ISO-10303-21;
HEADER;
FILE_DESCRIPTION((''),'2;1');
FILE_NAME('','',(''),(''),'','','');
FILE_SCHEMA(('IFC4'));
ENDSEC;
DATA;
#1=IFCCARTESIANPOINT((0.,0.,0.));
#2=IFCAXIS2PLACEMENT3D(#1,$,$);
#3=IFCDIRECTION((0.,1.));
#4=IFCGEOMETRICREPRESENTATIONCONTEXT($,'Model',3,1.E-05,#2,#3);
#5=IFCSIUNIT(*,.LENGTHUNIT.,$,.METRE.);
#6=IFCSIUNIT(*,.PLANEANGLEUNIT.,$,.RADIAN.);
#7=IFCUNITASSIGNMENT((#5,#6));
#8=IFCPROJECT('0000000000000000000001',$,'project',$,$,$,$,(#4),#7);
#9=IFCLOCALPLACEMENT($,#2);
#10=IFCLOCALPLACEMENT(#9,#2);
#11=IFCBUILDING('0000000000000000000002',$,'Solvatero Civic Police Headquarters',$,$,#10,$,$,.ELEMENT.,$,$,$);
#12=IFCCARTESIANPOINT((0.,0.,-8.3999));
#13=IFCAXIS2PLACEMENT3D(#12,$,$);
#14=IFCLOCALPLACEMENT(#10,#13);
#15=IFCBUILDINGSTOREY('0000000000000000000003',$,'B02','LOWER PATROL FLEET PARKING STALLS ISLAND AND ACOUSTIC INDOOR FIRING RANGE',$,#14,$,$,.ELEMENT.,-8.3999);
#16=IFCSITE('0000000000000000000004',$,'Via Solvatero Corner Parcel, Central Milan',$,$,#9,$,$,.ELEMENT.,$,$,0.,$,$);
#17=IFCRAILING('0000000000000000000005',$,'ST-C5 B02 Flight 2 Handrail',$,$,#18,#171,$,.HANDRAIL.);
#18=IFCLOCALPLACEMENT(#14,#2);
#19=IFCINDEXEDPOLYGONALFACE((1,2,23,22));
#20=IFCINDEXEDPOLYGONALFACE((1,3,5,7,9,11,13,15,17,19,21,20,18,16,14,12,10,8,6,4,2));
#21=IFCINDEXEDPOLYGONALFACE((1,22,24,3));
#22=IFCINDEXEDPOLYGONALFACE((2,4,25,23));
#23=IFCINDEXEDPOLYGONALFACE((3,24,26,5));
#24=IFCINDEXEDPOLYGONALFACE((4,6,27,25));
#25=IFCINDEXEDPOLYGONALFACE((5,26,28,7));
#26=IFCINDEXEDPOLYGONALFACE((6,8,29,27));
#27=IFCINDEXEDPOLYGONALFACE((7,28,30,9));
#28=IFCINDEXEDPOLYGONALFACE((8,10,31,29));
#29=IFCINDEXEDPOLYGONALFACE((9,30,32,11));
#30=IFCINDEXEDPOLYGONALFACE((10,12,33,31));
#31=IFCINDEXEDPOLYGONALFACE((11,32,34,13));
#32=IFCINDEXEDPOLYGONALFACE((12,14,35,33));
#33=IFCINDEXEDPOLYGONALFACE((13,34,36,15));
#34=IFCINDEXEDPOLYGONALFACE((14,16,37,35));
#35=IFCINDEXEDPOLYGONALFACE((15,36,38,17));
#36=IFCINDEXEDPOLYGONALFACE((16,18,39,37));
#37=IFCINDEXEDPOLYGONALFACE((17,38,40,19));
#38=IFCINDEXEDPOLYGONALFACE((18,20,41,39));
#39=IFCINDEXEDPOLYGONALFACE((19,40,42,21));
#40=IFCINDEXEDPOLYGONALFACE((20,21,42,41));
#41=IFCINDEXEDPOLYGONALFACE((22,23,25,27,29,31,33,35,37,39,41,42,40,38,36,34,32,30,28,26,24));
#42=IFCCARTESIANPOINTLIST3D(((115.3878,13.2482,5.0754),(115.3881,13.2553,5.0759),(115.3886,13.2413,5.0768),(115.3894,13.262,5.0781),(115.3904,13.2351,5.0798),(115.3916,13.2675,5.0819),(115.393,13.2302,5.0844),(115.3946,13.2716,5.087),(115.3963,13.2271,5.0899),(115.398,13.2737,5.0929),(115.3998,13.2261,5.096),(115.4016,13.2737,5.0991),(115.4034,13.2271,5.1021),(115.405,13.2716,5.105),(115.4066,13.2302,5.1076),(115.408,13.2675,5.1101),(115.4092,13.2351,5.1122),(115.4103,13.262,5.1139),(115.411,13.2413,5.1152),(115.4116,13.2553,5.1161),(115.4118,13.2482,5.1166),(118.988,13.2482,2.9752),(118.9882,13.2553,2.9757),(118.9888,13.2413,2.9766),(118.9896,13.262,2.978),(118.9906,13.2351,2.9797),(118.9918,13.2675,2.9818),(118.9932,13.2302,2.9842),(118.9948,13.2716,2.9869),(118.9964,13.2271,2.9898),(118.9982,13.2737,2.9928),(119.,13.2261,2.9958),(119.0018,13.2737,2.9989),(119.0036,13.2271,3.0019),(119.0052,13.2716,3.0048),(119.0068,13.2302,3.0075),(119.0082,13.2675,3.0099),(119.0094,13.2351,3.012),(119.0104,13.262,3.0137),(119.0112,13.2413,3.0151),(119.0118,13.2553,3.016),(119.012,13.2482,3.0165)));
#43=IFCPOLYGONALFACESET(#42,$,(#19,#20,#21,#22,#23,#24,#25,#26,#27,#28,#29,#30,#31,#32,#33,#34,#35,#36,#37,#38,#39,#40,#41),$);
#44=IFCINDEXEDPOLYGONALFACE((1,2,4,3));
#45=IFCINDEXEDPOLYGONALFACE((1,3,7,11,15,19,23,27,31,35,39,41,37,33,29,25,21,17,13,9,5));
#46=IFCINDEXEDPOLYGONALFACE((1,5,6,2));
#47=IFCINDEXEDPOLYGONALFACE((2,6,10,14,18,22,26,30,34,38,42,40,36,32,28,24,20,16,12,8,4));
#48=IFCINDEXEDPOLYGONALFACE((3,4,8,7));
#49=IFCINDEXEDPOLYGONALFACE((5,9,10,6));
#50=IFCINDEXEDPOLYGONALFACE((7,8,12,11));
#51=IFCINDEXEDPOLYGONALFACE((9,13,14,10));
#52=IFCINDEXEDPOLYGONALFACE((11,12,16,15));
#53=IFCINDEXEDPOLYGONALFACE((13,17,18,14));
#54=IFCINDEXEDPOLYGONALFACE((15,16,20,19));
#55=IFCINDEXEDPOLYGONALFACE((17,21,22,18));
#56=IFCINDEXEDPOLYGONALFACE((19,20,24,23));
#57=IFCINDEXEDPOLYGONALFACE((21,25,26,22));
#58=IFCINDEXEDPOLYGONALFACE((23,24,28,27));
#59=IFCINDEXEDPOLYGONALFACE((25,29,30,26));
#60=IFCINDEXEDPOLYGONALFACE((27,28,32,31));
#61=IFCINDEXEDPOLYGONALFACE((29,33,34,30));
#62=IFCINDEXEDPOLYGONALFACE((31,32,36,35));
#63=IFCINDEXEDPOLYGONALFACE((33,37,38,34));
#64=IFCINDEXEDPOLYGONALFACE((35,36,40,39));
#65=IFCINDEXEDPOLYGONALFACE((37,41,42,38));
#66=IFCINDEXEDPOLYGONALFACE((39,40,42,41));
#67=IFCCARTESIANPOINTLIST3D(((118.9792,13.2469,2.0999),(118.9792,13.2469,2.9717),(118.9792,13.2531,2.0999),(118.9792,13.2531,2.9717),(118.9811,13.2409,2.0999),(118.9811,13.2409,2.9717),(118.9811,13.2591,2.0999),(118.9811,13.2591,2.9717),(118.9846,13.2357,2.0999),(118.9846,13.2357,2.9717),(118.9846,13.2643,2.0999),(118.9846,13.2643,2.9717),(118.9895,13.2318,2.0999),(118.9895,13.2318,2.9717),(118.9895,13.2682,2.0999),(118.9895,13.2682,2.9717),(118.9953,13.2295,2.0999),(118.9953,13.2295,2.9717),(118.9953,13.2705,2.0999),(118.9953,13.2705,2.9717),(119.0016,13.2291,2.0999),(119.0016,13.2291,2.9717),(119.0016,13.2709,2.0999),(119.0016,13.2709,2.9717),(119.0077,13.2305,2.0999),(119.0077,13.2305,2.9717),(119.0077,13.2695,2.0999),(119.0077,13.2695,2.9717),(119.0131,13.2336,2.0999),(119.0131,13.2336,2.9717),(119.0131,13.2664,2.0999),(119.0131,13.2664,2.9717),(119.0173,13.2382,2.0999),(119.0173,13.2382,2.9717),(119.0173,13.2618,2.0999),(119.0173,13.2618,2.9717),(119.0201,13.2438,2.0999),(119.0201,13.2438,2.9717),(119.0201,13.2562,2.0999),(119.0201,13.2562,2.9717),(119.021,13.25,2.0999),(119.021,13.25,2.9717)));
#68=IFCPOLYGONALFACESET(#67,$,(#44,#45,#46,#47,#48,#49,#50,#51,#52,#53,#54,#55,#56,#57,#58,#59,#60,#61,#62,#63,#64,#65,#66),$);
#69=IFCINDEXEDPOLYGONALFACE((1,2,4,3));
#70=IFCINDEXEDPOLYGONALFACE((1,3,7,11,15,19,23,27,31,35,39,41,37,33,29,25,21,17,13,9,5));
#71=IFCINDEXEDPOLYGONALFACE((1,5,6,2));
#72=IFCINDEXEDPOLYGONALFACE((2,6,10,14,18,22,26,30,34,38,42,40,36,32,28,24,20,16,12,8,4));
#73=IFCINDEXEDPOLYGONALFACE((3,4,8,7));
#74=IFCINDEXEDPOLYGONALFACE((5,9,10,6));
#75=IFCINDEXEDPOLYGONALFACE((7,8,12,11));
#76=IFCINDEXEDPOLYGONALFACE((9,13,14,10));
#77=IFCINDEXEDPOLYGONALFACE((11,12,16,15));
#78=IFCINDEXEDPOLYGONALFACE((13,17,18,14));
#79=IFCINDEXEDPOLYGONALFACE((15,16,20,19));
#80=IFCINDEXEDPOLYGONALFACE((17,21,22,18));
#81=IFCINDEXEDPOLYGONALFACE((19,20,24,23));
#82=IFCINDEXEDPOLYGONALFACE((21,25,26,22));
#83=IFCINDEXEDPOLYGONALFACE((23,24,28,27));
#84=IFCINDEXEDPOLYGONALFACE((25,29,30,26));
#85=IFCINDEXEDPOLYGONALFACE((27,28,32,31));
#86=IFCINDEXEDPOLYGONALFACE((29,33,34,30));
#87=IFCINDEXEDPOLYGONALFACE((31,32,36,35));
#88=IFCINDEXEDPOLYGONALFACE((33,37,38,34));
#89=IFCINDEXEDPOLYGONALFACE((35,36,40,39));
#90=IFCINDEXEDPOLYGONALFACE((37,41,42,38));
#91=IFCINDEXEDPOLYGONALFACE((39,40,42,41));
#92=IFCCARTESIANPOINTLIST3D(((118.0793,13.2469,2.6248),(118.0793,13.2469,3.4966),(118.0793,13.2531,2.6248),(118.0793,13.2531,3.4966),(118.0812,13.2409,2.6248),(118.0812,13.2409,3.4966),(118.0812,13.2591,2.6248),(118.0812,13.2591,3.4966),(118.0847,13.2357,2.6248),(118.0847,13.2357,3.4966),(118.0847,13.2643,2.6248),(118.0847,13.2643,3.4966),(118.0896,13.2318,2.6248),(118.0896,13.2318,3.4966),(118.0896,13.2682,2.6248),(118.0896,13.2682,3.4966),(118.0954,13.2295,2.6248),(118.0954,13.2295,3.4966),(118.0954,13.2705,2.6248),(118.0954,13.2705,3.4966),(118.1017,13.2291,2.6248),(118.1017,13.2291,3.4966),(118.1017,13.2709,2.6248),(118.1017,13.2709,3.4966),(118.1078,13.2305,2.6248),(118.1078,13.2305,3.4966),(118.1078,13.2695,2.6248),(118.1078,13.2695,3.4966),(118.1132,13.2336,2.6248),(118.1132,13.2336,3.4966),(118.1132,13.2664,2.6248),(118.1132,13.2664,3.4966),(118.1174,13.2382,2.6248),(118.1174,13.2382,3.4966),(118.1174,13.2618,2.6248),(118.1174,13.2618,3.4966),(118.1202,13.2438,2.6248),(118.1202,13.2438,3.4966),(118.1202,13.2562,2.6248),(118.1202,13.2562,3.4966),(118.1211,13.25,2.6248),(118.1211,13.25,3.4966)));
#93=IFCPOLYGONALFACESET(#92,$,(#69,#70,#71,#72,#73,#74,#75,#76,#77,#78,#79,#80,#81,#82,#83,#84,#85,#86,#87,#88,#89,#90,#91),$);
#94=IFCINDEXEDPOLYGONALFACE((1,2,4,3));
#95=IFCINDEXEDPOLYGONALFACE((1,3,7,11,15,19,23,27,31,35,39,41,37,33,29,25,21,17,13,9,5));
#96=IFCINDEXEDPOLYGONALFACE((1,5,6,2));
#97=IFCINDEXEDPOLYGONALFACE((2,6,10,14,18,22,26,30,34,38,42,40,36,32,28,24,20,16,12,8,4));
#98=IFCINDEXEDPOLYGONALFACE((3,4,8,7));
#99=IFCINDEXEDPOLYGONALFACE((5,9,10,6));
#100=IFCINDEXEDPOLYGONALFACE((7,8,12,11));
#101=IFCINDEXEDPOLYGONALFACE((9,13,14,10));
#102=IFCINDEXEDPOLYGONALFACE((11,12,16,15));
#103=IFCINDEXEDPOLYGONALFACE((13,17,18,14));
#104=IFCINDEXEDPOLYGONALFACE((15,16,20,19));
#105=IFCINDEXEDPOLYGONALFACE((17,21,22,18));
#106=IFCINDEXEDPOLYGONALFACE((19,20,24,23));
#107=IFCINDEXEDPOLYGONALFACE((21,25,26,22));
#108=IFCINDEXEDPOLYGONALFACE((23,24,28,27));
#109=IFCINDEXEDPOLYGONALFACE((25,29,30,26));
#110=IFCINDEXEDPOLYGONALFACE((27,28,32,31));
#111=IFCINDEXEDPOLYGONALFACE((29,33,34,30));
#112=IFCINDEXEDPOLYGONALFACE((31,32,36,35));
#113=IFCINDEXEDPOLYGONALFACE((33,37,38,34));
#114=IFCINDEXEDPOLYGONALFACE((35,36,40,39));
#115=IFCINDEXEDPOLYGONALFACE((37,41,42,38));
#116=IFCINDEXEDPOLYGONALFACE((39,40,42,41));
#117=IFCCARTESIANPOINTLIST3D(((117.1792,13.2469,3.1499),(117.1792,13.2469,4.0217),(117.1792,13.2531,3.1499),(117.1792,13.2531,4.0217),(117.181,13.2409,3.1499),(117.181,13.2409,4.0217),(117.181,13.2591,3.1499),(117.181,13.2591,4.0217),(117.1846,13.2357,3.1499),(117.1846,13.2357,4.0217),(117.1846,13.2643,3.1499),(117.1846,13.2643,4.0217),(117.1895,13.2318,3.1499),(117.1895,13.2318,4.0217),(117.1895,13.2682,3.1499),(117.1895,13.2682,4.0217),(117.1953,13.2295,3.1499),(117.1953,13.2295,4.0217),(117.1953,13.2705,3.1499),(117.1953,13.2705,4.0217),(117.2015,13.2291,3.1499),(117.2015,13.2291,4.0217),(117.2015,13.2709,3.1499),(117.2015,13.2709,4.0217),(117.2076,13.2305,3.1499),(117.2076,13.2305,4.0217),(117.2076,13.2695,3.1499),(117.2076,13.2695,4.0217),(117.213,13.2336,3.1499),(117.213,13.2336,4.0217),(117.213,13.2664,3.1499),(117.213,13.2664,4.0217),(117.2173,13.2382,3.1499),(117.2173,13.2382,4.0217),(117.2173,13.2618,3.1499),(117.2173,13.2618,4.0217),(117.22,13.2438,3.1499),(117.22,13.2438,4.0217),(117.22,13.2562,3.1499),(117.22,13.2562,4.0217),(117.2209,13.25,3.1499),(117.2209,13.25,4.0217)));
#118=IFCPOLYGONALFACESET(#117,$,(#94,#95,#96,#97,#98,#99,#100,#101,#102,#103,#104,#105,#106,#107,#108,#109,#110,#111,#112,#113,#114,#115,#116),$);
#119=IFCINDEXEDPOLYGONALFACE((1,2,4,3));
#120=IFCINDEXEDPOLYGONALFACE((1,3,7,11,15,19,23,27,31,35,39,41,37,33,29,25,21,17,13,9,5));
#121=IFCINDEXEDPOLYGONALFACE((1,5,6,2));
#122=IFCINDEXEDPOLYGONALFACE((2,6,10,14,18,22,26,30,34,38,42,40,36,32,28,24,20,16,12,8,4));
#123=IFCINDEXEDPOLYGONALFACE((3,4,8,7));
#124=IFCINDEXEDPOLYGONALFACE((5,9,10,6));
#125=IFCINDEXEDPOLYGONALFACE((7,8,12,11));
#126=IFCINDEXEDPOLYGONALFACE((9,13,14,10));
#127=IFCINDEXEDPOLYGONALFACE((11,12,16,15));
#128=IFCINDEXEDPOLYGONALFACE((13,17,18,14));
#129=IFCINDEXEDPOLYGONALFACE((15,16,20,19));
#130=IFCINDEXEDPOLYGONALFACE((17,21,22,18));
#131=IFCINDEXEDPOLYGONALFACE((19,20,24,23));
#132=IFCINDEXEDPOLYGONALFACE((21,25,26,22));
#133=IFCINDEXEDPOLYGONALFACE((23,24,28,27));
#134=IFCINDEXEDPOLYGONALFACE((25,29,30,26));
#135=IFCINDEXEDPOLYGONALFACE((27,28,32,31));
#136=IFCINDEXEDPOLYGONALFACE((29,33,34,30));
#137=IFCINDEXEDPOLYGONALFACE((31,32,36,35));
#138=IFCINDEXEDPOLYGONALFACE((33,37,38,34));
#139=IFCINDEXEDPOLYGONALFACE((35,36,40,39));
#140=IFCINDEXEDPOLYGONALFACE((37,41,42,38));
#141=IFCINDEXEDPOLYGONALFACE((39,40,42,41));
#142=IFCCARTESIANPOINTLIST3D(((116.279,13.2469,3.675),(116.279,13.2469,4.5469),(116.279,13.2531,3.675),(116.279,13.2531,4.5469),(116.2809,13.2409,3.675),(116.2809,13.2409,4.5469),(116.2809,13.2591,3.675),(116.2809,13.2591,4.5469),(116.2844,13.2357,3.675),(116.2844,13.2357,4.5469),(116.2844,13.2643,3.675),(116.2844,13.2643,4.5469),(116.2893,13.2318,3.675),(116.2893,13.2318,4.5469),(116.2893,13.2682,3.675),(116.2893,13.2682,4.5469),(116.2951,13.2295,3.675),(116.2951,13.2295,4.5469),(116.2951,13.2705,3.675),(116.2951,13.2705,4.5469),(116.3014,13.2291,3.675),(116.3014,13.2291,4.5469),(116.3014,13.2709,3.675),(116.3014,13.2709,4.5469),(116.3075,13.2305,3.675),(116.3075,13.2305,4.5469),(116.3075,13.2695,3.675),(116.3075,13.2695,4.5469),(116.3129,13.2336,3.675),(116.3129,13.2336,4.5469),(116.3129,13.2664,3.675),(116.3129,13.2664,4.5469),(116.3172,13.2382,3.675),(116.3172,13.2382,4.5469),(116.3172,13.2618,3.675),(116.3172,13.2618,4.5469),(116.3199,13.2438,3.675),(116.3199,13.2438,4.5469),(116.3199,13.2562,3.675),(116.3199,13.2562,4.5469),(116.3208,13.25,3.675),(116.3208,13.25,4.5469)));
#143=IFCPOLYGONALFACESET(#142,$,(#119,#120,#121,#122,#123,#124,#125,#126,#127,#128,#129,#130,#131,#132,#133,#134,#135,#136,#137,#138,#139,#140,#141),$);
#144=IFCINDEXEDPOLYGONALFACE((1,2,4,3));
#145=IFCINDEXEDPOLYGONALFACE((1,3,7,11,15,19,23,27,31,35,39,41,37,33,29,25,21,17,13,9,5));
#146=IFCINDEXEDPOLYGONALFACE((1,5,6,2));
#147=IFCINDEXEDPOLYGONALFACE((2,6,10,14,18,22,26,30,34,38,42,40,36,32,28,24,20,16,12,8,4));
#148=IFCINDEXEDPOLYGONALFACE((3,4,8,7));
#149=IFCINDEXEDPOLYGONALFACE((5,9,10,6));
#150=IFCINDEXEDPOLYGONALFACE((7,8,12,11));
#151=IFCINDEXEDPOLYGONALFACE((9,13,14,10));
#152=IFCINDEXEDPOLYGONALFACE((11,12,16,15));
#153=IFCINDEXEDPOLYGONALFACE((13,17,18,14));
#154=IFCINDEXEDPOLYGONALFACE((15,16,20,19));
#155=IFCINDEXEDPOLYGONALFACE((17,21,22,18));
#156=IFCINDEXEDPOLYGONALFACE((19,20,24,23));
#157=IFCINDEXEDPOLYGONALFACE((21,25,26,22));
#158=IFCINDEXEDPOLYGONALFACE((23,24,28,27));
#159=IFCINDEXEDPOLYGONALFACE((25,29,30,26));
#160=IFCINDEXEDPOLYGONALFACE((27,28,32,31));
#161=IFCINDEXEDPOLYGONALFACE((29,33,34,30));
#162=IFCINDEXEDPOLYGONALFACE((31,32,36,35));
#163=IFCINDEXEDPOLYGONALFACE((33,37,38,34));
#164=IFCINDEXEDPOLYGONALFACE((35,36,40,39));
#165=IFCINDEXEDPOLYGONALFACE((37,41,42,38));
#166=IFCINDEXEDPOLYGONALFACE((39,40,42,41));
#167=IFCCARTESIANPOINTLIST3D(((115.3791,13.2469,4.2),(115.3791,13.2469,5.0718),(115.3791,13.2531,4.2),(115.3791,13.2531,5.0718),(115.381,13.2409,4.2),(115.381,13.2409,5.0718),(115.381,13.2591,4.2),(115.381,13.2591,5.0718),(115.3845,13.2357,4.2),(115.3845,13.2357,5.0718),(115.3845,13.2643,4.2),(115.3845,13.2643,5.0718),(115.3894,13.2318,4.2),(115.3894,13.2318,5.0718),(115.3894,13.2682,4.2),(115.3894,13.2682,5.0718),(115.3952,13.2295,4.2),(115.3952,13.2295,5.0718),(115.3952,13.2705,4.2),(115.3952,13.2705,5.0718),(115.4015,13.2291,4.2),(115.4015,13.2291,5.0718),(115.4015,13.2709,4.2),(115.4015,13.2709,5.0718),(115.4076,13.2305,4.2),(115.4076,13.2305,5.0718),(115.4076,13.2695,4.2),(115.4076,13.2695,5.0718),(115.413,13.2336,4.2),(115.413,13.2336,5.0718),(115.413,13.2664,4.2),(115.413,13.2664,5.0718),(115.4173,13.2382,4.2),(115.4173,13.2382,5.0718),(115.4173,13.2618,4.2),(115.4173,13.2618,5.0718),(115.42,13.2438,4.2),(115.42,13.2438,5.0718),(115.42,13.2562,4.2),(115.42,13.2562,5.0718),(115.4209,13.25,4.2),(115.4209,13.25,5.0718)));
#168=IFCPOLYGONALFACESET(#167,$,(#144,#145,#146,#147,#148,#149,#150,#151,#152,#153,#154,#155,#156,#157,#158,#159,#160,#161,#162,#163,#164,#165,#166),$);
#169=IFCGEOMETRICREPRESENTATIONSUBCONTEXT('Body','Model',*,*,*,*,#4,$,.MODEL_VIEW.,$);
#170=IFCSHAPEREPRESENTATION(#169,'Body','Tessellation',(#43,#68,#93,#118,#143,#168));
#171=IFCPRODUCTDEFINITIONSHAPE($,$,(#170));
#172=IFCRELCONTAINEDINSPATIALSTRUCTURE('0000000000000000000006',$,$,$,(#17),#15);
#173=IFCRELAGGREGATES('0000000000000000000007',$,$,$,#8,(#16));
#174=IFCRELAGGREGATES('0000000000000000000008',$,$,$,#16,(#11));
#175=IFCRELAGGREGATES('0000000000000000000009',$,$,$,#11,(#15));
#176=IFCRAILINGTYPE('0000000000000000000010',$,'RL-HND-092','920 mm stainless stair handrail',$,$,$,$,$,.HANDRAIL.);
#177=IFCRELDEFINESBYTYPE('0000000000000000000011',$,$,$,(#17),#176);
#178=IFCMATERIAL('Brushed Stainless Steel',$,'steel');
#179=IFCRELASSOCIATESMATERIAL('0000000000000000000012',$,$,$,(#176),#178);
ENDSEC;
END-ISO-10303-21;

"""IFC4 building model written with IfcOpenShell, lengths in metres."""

from ifc_helpers import new_model, si_unit, direction, frame, origin, origin_2d, place, context, subcontext, project, spatial, circle, extrude, material, type_object, element, save


model = new_model("IFC4")

# Units and contexts
model_context = context("Model", 3, precision=1e-05, world=origin(), true_north=direction((0.0, 1.0)))
body_context = subcontext(model_context, "Body", "Model", "MODEL_VIEW")
ifc_project = project(units=[si_unit("LENGTHUNIT", "METRE"), si_unit("PLANEANGLEUNIT", "RADIAN")], contexts=[model_context])

# Site, building, storey
site_placement = place(None, origin())
site = spatial("IfcSite", under=ifc_project, at=site_placement, Name="Via Solvatero Corner Parcel, Central Milan", CompositionType="ELEMENT", RefElevation=0.0)
building_placement = place(site_placement, origin())
building = spatial("IfcBuilding", under=site, at=building_placement, Name="Solvatero Civic Police Headquarters", CompositionType="ELEMENT")
storey_placement = place(building_placement, frame((0.0, 0.0, -8.3999)))
storey = spatial("IfcBuildingStorey", under=building, at=storey_placement, Name="B02", Description="LOWER PATROL FLEET PARKING STALLS ISLAND AND ACOUSTIC INDOOR FIRING RANGE", CompositionType="ELEMENT", Elevation=-8.3999)

# Railing
ifc_material_1 = material(Name="Brushed Stainless Steel", Category="steel")
railing_type_1 = type_object("IfcRailingType", Name="RL-HND-092", Description="920 mm stainless stair handrail", PredefinedType="HANDRAIL", material=ifc_material_1)
railing_1_placement = place(storey_placement, frame((119.0, 13.25, 2.0999)))
element("IfcRailing", 1, at=railing_1_placement, inside=storey, type_object=railing_type_1, Name="ST-C5 B02 Flight 2 Handrail", PredefinedType="HANDRAIL", context=body_context, shape_type="SweptSolid", body=[
    extrude(circle(Radius=0.0239, at=origin_2d()), frame((0.0, 0.0, 0.896), z_axis=(-0.863775, 0.0, 0.503878), x_axis=(0.0, -1.0, 0.0)), (0.0, 0.0, 1.0), 4.168),
    extrude(circle(Radius=0.021, at=origin_2d()), origin(), (0.0, 0.0, 1.0), 0.8718),
    extrude(circle(Radius=0.021, at=origin_2d()), frame((-0.8999, 0.0, 0.5249)), (0.0, 0.0, 1.0), 0.8718),
    extrude(circle(Radius=0.021, at=origin_2d()), frame((-1.8, 0.0, 1.05)), (0.0, 0.0, 1.0), 0.8718),
    extrude(circle(Radius=0.021, at=origin_2d()), frame((-2.7002, 0.0, 1.5752)), (0.0, 0.0, 1.0), 0.8718),
    extrude(circle(Radius=0.021, at=origin_2d()), frame((-3.6001, 0.0, 2.1001)), (0.0, 0.0, 1.0), 0.8718),
])

save(model, "model.ifc")
